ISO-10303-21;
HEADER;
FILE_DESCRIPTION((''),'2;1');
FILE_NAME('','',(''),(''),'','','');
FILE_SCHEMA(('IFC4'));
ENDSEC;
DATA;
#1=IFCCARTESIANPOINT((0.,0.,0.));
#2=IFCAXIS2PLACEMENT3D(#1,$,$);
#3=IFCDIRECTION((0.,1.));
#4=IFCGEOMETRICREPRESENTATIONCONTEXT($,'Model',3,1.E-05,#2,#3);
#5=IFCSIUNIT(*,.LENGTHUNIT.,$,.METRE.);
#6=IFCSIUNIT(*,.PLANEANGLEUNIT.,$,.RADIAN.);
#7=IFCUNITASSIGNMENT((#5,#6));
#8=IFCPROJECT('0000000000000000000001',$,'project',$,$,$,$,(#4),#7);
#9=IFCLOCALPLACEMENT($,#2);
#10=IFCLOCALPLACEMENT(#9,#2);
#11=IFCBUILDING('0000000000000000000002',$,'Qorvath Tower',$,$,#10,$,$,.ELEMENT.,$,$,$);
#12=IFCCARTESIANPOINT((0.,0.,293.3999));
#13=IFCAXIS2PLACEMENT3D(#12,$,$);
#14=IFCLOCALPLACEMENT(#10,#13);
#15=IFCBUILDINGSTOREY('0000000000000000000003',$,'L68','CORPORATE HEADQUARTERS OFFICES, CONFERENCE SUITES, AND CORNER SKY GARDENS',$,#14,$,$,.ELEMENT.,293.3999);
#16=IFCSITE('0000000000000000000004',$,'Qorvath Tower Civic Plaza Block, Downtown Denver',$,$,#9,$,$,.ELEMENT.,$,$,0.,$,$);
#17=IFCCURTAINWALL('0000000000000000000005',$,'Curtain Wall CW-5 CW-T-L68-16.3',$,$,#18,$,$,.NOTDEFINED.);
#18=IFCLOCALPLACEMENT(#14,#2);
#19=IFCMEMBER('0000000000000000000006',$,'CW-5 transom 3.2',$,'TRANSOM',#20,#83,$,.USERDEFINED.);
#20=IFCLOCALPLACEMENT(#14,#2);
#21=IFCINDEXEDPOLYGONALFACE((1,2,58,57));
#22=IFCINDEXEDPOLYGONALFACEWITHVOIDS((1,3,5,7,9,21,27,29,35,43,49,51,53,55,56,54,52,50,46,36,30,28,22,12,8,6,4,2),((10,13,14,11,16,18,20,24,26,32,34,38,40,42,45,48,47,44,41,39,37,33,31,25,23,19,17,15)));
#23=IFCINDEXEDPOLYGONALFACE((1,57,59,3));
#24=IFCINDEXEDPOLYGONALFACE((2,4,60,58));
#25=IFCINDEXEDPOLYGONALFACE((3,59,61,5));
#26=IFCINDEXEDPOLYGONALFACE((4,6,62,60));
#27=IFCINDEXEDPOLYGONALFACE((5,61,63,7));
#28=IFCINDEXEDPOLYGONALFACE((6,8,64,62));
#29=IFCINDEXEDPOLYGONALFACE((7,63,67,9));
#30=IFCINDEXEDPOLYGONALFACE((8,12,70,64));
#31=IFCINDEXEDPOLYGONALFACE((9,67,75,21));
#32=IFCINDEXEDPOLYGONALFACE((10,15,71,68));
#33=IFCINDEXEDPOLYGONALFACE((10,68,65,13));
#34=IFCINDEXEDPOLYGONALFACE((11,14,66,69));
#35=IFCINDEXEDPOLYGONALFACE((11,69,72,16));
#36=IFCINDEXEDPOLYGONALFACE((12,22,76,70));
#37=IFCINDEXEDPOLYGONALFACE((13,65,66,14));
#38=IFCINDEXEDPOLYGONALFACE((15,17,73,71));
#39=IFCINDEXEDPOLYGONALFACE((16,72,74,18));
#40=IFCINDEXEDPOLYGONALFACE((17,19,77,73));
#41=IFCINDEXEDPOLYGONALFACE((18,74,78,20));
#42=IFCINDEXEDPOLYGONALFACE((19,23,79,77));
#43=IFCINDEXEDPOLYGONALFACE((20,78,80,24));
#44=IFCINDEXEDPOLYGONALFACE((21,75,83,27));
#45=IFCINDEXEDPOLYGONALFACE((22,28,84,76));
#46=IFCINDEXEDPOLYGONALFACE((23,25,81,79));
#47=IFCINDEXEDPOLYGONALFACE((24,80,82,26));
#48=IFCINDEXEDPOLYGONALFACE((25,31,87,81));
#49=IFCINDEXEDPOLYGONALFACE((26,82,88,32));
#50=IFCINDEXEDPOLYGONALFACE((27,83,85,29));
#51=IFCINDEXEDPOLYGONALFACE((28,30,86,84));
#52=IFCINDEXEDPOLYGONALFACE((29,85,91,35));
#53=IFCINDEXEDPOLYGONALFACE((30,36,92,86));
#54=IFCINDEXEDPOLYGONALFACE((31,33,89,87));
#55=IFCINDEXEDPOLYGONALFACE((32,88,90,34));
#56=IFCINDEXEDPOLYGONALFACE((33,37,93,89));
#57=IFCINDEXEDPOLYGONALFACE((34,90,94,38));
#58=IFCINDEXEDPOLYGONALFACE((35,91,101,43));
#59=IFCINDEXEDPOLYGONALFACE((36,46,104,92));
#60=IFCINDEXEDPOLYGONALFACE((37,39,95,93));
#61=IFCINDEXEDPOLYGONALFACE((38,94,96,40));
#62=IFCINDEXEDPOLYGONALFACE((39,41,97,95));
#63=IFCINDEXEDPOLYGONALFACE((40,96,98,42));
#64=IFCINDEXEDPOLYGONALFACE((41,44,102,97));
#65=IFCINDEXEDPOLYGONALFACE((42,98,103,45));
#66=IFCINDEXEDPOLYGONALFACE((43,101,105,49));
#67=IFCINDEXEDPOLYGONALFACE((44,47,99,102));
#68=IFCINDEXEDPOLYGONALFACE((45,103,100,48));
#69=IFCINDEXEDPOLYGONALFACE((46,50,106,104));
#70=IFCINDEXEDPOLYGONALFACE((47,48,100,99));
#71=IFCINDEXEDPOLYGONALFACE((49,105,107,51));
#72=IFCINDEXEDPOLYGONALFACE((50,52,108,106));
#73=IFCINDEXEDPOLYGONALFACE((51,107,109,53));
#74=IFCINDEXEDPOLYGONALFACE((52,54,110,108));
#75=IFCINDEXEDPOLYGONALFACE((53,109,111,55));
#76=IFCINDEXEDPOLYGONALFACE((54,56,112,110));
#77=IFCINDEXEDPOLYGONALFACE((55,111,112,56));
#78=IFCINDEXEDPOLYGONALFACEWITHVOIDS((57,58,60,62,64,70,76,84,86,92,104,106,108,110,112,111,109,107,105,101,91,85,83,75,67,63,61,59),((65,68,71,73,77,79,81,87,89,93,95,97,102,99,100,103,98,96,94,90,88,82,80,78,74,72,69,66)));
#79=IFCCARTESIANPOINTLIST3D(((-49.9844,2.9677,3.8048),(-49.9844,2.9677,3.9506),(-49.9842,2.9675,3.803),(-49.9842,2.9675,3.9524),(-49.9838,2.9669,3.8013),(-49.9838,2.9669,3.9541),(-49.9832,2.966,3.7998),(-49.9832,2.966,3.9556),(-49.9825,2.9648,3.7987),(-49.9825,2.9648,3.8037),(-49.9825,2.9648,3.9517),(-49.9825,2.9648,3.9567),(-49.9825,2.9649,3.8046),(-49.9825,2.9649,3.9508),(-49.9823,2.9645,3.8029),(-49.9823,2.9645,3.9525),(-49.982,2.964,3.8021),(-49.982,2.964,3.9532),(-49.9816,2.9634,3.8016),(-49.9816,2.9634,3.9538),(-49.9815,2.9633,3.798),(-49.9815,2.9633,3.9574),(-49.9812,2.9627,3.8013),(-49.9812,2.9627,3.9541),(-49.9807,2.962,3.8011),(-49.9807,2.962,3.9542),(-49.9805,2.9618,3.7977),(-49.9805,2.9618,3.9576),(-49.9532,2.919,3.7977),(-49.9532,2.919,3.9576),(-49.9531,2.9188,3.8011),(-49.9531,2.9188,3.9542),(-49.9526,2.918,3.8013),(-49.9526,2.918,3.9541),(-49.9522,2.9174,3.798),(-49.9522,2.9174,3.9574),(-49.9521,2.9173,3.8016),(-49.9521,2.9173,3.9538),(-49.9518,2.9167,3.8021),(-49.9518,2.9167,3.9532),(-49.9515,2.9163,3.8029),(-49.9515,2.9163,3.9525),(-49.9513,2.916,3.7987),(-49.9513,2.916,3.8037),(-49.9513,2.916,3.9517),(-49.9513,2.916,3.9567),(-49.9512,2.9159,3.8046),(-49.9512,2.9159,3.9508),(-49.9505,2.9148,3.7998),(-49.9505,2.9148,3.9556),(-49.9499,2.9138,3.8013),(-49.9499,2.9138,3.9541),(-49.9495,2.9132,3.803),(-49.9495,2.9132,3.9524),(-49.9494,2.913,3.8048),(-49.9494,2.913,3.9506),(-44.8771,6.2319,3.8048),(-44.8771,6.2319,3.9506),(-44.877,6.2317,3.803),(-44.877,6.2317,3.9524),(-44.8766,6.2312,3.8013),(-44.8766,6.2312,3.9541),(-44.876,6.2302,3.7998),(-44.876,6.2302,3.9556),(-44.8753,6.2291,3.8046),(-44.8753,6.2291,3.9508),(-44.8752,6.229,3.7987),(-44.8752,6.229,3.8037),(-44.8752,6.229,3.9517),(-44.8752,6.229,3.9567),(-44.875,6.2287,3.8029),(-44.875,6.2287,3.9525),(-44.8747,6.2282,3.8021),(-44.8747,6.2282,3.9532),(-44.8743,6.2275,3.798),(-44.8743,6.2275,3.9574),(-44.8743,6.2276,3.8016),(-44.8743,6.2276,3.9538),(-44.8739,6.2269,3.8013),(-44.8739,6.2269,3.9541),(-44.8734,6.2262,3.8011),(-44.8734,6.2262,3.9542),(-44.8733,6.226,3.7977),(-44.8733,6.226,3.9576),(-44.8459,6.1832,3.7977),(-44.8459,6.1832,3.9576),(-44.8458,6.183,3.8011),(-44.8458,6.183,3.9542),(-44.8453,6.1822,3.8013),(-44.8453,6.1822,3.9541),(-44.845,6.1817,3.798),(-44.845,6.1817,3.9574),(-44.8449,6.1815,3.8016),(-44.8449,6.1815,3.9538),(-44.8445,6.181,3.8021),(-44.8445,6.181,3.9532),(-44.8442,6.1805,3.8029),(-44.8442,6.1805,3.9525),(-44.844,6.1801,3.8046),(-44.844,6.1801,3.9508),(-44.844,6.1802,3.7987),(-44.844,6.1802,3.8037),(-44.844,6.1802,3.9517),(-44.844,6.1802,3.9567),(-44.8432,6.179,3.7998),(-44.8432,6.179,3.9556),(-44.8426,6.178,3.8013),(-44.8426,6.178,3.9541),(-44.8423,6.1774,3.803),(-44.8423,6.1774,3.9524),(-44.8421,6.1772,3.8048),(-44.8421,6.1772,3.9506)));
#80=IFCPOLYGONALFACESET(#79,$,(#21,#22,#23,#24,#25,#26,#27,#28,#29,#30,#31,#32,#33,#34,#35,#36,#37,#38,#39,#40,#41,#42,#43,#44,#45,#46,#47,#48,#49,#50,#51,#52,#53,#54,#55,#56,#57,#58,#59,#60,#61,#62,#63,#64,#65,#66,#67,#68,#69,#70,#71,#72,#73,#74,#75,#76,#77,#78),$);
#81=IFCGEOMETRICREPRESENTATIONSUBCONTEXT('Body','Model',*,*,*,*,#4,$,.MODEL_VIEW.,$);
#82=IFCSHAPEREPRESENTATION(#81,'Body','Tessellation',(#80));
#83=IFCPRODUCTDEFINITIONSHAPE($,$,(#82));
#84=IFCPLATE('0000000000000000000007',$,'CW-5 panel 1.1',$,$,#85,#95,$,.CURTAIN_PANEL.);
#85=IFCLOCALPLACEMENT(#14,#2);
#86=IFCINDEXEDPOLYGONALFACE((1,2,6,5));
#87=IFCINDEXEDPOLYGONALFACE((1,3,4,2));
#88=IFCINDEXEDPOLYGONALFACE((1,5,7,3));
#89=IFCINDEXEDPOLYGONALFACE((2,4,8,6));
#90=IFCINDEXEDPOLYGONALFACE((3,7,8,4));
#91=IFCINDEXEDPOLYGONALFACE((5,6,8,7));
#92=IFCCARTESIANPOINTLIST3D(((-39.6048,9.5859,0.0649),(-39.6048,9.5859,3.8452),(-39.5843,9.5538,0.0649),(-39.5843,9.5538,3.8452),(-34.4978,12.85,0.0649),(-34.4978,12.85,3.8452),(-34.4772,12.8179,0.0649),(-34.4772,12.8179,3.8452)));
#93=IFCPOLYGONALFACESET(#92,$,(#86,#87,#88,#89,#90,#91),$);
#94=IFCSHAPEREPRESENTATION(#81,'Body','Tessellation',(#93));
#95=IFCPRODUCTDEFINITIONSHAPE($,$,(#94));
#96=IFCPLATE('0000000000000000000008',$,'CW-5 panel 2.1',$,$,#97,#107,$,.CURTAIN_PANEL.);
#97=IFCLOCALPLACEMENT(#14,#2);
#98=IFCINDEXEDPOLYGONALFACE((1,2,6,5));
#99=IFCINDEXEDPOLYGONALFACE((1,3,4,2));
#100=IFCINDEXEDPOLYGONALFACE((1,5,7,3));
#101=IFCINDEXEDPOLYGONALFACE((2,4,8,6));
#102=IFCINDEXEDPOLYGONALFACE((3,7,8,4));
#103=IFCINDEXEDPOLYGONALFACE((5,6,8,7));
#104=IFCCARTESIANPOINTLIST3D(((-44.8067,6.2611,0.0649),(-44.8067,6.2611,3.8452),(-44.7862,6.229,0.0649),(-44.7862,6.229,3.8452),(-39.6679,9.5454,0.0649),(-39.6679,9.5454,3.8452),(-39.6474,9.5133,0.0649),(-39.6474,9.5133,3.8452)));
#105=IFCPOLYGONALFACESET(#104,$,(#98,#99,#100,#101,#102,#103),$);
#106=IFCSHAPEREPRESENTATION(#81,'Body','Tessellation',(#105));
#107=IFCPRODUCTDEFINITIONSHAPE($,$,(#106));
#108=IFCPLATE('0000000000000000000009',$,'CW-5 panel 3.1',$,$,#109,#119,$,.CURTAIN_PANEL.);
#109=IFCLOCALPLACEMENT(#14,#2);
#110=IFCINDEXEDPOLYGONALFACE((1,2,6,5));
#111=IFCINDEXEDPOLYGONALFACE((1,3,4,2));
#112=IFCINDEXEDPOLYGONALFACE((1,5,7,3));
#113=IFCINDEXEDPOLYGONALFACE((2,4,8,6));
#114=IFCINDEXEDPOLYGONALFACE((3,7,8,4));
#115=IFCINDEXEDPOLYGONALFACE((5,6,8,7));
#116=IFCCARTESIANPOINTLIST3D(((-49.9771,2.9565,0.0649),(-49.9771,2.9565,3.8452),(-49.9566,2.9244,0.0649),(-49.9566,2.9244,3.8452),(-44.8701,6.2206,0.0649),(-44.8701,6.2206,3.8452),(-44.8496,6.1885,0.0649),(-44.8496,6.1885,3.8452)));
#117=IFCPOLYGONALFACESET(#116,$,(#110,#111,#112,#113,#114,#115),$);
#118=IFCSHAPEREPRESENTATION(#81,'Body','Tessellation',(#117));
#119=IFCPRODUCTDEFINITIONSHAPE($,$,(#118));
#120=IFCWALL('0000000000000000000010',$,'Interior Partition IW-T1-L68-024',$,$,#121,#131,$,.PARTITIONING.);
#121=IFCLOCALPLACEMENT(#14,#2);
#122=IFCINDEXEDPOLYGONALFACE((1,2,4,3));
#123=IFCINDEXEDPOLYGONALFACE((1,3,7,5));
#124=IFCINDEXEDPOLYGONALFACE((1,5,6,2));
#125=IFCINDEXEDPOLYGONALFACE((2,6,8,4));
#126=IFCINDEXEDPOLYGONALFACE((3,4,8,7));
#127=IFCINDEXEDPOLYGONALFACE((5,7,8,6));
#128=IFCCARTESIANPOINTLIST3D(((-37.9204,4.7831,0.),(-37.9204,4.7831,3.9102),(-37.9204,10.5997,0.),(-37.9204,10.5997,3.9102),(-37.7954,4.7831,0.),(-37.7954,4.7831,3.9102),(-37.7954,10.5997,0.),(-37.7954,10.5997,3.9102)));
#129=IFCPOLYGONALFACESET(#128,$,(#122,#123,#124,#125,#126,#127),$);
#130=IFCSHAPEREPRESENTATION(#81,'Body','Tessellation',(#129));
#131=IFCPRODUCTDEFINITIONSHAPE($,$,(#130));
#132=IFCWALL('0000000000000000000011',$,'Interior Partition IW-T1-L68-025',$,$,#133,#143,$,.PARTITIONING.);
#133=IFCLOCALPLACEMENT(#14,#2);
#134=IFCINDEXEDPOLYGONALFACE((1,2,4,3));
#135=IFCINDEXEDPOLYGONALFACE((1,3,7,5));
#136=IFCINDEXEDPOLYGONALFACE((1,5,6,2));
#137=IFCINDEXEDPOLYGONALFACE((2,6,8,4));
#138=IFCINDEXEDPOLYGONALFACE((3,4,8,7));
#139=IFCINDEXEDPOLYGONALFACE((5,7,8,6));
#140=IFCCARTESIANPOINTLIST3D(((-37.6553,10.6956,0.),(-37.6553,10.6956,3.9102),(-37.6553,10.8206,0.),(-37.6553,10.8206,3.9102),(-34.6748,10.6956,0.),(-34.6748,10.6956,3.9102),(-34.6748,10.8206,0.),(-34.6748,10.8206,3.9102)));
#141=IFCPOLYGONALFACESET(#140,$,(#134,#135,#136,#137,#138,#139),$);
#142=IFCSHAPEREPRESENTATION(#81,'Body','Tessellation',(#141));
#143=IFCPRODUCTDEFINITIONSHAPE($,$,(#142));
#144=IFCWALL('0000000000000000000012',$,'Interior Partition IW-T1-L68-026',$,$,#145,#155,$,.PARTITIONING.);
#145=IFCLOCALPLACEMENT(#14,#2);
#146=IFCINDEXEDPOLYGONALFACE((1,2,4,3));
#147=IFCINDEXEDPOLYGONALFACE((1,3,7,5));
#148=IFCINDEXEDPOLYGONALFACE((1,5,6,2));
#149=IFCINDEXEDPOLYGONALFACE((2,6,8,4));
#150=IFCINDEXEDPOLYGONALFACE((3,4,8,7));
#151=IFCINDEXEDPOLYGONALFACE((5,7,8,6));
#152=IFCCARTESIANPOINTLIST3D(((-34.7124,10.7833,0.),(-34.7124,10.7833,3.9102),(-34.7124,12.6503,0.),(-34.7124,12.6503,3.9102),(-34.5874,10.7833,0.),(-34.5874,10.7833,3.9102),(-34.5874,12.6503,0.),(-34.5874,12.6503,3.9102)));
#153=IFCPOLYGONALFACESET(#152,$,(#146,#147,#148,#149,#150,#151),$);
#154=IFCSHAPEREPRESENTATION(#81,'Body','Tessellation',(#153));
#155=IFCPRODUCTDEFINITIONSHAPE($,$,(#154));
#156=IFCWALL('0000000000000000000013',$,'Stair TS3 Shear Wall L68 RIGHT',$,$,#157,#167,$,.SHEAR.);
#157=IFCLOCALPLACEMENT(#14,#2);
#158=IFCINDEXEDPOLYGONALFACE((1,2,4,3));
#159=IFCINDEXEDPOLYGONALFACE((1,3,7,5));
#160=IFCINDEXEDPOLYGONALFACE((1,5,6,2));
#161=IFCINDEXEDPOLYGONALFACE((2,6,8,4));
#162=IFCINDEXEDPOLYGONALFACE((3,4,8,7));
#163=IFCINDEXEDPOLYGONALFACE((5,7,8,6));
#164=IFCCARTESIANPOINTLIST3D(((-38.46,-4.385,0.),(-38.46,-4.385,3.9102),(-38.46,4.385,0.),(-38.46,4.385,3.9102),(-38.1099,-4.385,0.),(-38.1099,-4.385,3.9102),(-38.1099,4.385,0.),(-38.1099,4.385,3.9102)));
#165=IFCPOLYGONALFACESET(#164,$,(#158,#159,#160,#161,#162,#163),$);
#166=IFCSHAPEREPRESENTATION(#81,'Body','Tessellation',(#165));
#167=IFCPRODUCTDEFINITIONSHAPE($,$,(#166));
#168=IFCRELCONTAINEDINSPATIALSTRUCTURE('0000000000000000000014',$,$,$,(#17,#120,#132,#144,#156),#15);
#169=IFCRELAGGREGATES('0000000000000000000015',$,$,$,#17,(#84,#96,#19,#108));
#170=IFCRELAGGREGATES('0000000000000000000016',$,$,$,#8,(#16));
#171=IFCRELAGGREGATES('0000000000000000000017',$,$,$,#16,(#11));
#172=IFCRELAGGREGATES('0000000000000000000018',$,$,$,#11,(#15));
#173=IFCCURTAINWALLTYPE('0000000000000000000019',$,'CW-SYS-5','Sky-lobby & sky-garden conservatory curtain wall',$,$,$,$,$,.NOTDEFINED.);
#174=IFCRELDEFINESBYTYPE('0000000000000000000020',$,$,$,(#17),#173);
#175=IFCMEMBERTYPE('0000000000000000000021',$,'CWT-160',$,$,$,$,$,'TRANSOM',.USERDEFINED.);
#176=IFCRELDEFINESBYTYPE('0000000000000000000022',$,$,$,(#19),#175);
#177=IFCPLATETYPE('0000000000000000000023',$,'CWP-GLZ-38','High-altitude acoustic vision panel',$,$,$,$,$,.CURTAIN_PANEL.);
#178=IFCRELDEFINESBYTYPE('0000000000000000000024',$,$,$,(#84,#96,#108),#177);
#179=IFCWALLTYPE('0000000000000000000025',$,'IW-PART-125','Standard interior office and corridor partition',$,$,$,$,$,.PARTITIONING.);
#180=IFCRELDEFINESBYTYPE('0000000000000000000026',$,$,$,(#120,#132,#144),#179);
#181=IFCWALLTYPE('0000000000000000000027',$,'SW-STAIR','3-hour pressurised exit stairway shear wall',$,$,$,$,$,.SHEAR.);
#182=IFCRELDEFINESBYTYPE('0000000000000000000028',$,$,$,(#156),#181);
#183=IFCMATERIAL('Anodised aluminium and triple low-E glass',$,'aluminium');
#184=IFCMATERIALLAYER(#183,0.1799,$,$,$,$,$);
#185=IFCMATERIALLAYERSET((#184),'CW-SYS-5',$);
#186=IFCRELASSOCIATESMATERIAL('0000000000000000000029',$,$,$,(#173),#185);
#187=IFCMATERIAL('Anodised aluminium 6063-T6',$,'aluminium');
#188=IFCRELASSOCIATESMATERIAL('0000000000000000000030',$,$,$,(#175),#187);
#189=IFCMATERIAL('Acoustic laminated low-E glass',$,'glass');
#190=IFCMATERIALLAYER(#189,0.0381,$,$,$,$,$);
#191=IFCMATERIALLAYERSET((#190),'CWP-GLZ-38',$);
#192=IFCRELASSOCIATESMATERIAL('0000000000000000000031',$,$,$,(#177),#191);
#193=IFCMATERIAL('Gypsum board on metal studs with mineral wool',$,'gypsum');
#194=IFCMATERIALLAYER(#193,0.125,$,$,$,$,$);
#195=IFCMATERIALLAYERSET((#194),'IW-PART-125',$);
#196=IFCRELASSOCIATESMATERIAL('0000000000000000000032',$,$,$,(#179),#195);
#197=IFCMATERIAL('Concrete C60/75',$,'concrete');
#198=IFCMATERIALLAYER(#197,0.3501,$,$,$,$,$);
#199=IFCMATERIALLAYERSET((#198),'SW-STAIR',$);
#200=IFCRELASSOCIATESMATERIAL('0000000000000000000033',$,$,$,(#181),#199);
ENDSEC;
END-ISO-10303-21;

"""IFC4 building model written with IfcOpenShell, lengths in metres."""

from ifc_helpers import new_model, si_unit, direction, frame, frame_2d, origin, origin_2d, place, context, subcontext, project, spatial, rectangle, hollow_rectangle, extrude, material, layer, layer_set, material_profile, profile_set, type_object, element, aggregate, save


model = new_model("IFC4")

# Units and contexts
model_context = context("Model", 3, precision=1e-05, world=origin(), true_north=direction((0.0, 1.0)))
body_context = subcontext(model_context, "Body", "Model", "MODEL_VIEW")
ifc_project = project(units=[si_unit("LENGTHUNIT", "METRE"), si_unit("PLANEANGLEUNIT", "RADIAN")], contexts=[model_context])

# Site, building, storey
site_placement = place(None, origin())
site = spatial("IfcSite", under=ifc_project, at=site_placement, Name="Qorvath Tower Civic Plaza Block, Downtown Denver", CompositionType="ELEMENT", RefElevation=0.0)
building_placement = place(site_placement, origin())
building = spatial("IfcBuilding", under=site, at=building_placement, Name="Qorvath Tower", CompositionType="ELEMENT")
storey_placement = place(building_placement, frame((0.0, 0.0, 293.3999)))
storey = spatial("IfcBuildingStorey", under=building, at=storey_placement, Name="L68", Description="CORPORATE HEADQUARTERS OFFICES, CONFERENCE SUITES, AND CORNER SKY GARDENS", CompositionType="ELEMENT", Elevation=293.3999)

# Curtain wall, member, plates
ifc_material_1 = material(Name="Anodised aluminium and triple low-E glass", Category="aluminium")
ifc_layer_1 = layer(ifc_material_1, 0.1799)
ifc_layer_set_1 = layer_set([ifc_layer_1], Name="CW-SYS-5")
curtain_wall_type = type_object("IfcCurtainWallType", Name="CW-SYS-5", Description="Sky-lobby & sky-garden conservatory curtain wall", PredefinedType="NOTDEFINED", material=ifc_layer_set_1)
curtain_wall_placement = place(storey_placement, origin())
curtain_wall = element("IfcCurtainWall", 1, at=curtain_wall_placement, inside=storey, type_object=curtain_wall_type, Name="Curtain Wall CW-5 CW-T-L68-16.3", PredefinedType="NOTDEFINED")
ifc_material_2 = material(Name="Anodised aluminium 6063-T6", Category="aluminium")
ifc_material_profile_1 = material_profile(ifc_material_2, hollow_rectangle(XDim=0.0649, YDim=0.1599, WallThickness=0.0034, InnerFilletRadius=0.0034, OuterFilletRadius=0.0071, at=origin_2d()), Name="CWT 160x65")
ifc_profile_set_1 = profile_set([ifc_material_profile_1], Name="Anodised aluminium 6063-T6")
member_type_1 = type_object("IfcMemberType", Name="CWT-160", ElementType="TRANSOM", PredefinedType="USERDEFINED", material=ifc_profile_set_1)
member_1_placement = place(storey_placement, frame((-44.8596, 6.2046, 3.8777), z_axis=(-0.842603, -0.538535, 0.0), x_axis=(0.538535, -0.842603, 0.0)))
member_1 = element("IfcMember", 2, at=member_1_placement, type_object=member_type_1, Name="CW-5 transom 3.2", ObjectType="TRANSOM", PredefinedType="USERDEFINED", context=body_context, shape_type="SweptSolid", body=[
    extrude(hollow_rectangle(XDim=0.0649, YDim=0.1599, WallThickness=0.0034, InnerFilletRadius=0.0034, OuterFilletRadius=0.0071, at=origin_2d()), origin(), (0.0, 0.0, 1.0), 6.0613),
])
ifc_material_3 = material(Name="Acoustic laminated low-E glass", Category="glass")
ifc_layer_2 = layer(ifc_material_3, 0.0381)
ifc_layer_set_2 = layer_set([ifc_layer_2], Name="CWP-GLZ-38")
plate_type = type_object("IfcPlateType", Name="CWP-GLZ-38", Description="High-altitude acoustic vision panel", PredefinedType="CURTAIN_PANEL", material=ifc_layer_set_2)
plate_1_placement = place(storey_placement, frame((-37.041, 11.2019, 0.0649), z_axis=(0.0, 0.0, 1.0), x_axis=(-0.842601, -0.538538, 0.0)))
plate_1 = element("IfcPlate", 3, at=plate_1_placement, type_object=plate_type, Name="CW-5 panel 1.1", PredefinedType="CURTAIN_PANEL", context=body_context, shape_type="SweptSolid", body=[
    extrude(rectangle(XDim=6.061, YDim=0.0381, at=origin_2d()), origin(), (0.0, 0.0, 1.0), 3.7803),
])
plate_2_placement = place(storey_placement, frame((-42.2271, 7.8872, 0.0649), z_axis=(0.0, 0.0, 1.0), x_axis=(-0.842601, -0.538538, 0.0)))
plate_2 = element("IfcPlate", 4, at=plate_2_placement, type_object=plate_type, Name="CW-5 panel 2.1", PredefinedType="CURTAIN_PANEL", context=body_context, shape_type="SweptSolid", body=[
    extrude(rectangle(XDim=6.0986, YDim=0.0381, at=origin_2d()), origin(), (0.0, 0.0, 1.0), 3.7803),
])
plate_3_placement = place(storey_placement, frame((-47.4133, 4.5725, 0.0649), z_axis=(0.0, 0.0, 1.0), x_axis=(-0.842601, -0.538538, 0.0)))
plate_3 = element("IfcPlate", 5, at=plate_3_placement, type_object=plate_type, Name="CW-5 panel 3.1", PredefinedType="CURTAIN_PANEL", context=body_context, shape_type="SweptSolid", body=[
    extrude(rectangle(XDim=6.061, YDim=0.0381, at=origin_2d()), origin(), (0.0, 0.0, 1.0), 3.7803),
])
aggregate(curtain_wall, [plate_1, plate_2, member_1, plate_3])

# Walls
ifc_material_4 = material(Name="Gypsum board on metal studs with mineral wool", Category="gypsum")
ifc_layer_3 = layer(ifc_material_4, 0.125)
ifc_layer_set_3 = layer_set([ifc_layer_3], Name="IW-PART-125")
wall_type_1 = type_object("IfcWallType", Name="IW-PART-125", Description="Standard interior office and corridor partition", PredefinedType="PARTITIONING", material=ifc_layer_set_3)
wall_1_placement = place(storey_placement, frame((-37.8579, 4.7832, 0.0), z_axis=(0.0, 0.0, 1.0), x_axis=(0.0, 1.0, 0.0)))
element("IfcWall", 6, at=wall_1_placement, inside=storey, type_object=wall_type_1, Name="Interior Partition IW-T1-L68-024", PredefinedType="PARTITIONING", context=body_context, shape_type="SweptSolid", body=[
    extrude(rectangle(XDim=5.8167, YDim=0.125, at=frame_2d((2.9082, 0.0))), origin(), (0.0, 0.0, 1.0), 3.9102),
])
wall_2_placement = place(storey_placement, frame((-34.6748, 10.7581, 0.0), z_axis=(0.0, 0.0, 1.0), x_axis=(-1.0, 0.0, 0.0)))
element("IfcWall", 7, at=wall_2_placement, inside=storey, type_object=wall_type_1, Name="Interior Partition IW-T1-L68-025", PredefinedType="PARTITIONING", context=body_context, shape_type="SweptSolid", body=[
    extrude(rectangle(XDim=2.9805, YDim=0.125, at=frame_2d((1.4902, 0.0))), origin(), (0.0, 0.0, 1.0), 3.9102),
])
wall_3_placement = place(storey_placement, frame((-34.6499, 10.7832, 0.0), z_axis=(0.0, 0.0, 1.0), x_axis=(0.0, 1.0, 0.0)))
element("IfcWall", 8, at=wall_3_placement, inside=storey, type_object=wall_type_1, Name="Interior Partition IW-T1-L68-026", PredefinedType="PARTITIONING", context=body_context, shape_type="SweptSolid", body=[
    extrude(rectangle(XDim=1.8669, YDim=0.125, at=frame_2d((0.9336, 0.0))), origin(), (0.0, 0.0, 1.0), 3.9102),
])
ifc_material_5 = material(Name="Concrete C60/75", Category="concrete")
ifc_layer_4 = layer(ifc_material_5, 0.3501)
ifc_layer_set_4 = layer_set([ifc_layer_4], Name="SW-STAIR")
wall_type_2 = type_object("IfcWallType", Name="SW-STAIR", Description="3-hour pressurised exit stairway shear wall", PredefinedType="SHEAR", material=ifc_layer_set_4)
wall_4_placement = place(storey_placement, frame((-38.2849, 4.385, 0.0), z_axis=(0.0, 0.0, 1.0), x_axis=(0.0, -1.0, 0.0)))
element("IfcWall", 9, at=wall_4_placement, inside=storey, type_object=wall_type_2, Name="Stair TS3 Shear Wall L68 RIGHT", PredefinedType="SHEAR", context=body_context, shape_type="SweptSolid", body=[
    extrude(rectangle(XDim=8.77, YDim=0.3501, at=frame_2d((4.385, 0.0))), origin(), (0.0, 0.0, 1.0), 3.9102),
])

save(model, "model.ifc")
